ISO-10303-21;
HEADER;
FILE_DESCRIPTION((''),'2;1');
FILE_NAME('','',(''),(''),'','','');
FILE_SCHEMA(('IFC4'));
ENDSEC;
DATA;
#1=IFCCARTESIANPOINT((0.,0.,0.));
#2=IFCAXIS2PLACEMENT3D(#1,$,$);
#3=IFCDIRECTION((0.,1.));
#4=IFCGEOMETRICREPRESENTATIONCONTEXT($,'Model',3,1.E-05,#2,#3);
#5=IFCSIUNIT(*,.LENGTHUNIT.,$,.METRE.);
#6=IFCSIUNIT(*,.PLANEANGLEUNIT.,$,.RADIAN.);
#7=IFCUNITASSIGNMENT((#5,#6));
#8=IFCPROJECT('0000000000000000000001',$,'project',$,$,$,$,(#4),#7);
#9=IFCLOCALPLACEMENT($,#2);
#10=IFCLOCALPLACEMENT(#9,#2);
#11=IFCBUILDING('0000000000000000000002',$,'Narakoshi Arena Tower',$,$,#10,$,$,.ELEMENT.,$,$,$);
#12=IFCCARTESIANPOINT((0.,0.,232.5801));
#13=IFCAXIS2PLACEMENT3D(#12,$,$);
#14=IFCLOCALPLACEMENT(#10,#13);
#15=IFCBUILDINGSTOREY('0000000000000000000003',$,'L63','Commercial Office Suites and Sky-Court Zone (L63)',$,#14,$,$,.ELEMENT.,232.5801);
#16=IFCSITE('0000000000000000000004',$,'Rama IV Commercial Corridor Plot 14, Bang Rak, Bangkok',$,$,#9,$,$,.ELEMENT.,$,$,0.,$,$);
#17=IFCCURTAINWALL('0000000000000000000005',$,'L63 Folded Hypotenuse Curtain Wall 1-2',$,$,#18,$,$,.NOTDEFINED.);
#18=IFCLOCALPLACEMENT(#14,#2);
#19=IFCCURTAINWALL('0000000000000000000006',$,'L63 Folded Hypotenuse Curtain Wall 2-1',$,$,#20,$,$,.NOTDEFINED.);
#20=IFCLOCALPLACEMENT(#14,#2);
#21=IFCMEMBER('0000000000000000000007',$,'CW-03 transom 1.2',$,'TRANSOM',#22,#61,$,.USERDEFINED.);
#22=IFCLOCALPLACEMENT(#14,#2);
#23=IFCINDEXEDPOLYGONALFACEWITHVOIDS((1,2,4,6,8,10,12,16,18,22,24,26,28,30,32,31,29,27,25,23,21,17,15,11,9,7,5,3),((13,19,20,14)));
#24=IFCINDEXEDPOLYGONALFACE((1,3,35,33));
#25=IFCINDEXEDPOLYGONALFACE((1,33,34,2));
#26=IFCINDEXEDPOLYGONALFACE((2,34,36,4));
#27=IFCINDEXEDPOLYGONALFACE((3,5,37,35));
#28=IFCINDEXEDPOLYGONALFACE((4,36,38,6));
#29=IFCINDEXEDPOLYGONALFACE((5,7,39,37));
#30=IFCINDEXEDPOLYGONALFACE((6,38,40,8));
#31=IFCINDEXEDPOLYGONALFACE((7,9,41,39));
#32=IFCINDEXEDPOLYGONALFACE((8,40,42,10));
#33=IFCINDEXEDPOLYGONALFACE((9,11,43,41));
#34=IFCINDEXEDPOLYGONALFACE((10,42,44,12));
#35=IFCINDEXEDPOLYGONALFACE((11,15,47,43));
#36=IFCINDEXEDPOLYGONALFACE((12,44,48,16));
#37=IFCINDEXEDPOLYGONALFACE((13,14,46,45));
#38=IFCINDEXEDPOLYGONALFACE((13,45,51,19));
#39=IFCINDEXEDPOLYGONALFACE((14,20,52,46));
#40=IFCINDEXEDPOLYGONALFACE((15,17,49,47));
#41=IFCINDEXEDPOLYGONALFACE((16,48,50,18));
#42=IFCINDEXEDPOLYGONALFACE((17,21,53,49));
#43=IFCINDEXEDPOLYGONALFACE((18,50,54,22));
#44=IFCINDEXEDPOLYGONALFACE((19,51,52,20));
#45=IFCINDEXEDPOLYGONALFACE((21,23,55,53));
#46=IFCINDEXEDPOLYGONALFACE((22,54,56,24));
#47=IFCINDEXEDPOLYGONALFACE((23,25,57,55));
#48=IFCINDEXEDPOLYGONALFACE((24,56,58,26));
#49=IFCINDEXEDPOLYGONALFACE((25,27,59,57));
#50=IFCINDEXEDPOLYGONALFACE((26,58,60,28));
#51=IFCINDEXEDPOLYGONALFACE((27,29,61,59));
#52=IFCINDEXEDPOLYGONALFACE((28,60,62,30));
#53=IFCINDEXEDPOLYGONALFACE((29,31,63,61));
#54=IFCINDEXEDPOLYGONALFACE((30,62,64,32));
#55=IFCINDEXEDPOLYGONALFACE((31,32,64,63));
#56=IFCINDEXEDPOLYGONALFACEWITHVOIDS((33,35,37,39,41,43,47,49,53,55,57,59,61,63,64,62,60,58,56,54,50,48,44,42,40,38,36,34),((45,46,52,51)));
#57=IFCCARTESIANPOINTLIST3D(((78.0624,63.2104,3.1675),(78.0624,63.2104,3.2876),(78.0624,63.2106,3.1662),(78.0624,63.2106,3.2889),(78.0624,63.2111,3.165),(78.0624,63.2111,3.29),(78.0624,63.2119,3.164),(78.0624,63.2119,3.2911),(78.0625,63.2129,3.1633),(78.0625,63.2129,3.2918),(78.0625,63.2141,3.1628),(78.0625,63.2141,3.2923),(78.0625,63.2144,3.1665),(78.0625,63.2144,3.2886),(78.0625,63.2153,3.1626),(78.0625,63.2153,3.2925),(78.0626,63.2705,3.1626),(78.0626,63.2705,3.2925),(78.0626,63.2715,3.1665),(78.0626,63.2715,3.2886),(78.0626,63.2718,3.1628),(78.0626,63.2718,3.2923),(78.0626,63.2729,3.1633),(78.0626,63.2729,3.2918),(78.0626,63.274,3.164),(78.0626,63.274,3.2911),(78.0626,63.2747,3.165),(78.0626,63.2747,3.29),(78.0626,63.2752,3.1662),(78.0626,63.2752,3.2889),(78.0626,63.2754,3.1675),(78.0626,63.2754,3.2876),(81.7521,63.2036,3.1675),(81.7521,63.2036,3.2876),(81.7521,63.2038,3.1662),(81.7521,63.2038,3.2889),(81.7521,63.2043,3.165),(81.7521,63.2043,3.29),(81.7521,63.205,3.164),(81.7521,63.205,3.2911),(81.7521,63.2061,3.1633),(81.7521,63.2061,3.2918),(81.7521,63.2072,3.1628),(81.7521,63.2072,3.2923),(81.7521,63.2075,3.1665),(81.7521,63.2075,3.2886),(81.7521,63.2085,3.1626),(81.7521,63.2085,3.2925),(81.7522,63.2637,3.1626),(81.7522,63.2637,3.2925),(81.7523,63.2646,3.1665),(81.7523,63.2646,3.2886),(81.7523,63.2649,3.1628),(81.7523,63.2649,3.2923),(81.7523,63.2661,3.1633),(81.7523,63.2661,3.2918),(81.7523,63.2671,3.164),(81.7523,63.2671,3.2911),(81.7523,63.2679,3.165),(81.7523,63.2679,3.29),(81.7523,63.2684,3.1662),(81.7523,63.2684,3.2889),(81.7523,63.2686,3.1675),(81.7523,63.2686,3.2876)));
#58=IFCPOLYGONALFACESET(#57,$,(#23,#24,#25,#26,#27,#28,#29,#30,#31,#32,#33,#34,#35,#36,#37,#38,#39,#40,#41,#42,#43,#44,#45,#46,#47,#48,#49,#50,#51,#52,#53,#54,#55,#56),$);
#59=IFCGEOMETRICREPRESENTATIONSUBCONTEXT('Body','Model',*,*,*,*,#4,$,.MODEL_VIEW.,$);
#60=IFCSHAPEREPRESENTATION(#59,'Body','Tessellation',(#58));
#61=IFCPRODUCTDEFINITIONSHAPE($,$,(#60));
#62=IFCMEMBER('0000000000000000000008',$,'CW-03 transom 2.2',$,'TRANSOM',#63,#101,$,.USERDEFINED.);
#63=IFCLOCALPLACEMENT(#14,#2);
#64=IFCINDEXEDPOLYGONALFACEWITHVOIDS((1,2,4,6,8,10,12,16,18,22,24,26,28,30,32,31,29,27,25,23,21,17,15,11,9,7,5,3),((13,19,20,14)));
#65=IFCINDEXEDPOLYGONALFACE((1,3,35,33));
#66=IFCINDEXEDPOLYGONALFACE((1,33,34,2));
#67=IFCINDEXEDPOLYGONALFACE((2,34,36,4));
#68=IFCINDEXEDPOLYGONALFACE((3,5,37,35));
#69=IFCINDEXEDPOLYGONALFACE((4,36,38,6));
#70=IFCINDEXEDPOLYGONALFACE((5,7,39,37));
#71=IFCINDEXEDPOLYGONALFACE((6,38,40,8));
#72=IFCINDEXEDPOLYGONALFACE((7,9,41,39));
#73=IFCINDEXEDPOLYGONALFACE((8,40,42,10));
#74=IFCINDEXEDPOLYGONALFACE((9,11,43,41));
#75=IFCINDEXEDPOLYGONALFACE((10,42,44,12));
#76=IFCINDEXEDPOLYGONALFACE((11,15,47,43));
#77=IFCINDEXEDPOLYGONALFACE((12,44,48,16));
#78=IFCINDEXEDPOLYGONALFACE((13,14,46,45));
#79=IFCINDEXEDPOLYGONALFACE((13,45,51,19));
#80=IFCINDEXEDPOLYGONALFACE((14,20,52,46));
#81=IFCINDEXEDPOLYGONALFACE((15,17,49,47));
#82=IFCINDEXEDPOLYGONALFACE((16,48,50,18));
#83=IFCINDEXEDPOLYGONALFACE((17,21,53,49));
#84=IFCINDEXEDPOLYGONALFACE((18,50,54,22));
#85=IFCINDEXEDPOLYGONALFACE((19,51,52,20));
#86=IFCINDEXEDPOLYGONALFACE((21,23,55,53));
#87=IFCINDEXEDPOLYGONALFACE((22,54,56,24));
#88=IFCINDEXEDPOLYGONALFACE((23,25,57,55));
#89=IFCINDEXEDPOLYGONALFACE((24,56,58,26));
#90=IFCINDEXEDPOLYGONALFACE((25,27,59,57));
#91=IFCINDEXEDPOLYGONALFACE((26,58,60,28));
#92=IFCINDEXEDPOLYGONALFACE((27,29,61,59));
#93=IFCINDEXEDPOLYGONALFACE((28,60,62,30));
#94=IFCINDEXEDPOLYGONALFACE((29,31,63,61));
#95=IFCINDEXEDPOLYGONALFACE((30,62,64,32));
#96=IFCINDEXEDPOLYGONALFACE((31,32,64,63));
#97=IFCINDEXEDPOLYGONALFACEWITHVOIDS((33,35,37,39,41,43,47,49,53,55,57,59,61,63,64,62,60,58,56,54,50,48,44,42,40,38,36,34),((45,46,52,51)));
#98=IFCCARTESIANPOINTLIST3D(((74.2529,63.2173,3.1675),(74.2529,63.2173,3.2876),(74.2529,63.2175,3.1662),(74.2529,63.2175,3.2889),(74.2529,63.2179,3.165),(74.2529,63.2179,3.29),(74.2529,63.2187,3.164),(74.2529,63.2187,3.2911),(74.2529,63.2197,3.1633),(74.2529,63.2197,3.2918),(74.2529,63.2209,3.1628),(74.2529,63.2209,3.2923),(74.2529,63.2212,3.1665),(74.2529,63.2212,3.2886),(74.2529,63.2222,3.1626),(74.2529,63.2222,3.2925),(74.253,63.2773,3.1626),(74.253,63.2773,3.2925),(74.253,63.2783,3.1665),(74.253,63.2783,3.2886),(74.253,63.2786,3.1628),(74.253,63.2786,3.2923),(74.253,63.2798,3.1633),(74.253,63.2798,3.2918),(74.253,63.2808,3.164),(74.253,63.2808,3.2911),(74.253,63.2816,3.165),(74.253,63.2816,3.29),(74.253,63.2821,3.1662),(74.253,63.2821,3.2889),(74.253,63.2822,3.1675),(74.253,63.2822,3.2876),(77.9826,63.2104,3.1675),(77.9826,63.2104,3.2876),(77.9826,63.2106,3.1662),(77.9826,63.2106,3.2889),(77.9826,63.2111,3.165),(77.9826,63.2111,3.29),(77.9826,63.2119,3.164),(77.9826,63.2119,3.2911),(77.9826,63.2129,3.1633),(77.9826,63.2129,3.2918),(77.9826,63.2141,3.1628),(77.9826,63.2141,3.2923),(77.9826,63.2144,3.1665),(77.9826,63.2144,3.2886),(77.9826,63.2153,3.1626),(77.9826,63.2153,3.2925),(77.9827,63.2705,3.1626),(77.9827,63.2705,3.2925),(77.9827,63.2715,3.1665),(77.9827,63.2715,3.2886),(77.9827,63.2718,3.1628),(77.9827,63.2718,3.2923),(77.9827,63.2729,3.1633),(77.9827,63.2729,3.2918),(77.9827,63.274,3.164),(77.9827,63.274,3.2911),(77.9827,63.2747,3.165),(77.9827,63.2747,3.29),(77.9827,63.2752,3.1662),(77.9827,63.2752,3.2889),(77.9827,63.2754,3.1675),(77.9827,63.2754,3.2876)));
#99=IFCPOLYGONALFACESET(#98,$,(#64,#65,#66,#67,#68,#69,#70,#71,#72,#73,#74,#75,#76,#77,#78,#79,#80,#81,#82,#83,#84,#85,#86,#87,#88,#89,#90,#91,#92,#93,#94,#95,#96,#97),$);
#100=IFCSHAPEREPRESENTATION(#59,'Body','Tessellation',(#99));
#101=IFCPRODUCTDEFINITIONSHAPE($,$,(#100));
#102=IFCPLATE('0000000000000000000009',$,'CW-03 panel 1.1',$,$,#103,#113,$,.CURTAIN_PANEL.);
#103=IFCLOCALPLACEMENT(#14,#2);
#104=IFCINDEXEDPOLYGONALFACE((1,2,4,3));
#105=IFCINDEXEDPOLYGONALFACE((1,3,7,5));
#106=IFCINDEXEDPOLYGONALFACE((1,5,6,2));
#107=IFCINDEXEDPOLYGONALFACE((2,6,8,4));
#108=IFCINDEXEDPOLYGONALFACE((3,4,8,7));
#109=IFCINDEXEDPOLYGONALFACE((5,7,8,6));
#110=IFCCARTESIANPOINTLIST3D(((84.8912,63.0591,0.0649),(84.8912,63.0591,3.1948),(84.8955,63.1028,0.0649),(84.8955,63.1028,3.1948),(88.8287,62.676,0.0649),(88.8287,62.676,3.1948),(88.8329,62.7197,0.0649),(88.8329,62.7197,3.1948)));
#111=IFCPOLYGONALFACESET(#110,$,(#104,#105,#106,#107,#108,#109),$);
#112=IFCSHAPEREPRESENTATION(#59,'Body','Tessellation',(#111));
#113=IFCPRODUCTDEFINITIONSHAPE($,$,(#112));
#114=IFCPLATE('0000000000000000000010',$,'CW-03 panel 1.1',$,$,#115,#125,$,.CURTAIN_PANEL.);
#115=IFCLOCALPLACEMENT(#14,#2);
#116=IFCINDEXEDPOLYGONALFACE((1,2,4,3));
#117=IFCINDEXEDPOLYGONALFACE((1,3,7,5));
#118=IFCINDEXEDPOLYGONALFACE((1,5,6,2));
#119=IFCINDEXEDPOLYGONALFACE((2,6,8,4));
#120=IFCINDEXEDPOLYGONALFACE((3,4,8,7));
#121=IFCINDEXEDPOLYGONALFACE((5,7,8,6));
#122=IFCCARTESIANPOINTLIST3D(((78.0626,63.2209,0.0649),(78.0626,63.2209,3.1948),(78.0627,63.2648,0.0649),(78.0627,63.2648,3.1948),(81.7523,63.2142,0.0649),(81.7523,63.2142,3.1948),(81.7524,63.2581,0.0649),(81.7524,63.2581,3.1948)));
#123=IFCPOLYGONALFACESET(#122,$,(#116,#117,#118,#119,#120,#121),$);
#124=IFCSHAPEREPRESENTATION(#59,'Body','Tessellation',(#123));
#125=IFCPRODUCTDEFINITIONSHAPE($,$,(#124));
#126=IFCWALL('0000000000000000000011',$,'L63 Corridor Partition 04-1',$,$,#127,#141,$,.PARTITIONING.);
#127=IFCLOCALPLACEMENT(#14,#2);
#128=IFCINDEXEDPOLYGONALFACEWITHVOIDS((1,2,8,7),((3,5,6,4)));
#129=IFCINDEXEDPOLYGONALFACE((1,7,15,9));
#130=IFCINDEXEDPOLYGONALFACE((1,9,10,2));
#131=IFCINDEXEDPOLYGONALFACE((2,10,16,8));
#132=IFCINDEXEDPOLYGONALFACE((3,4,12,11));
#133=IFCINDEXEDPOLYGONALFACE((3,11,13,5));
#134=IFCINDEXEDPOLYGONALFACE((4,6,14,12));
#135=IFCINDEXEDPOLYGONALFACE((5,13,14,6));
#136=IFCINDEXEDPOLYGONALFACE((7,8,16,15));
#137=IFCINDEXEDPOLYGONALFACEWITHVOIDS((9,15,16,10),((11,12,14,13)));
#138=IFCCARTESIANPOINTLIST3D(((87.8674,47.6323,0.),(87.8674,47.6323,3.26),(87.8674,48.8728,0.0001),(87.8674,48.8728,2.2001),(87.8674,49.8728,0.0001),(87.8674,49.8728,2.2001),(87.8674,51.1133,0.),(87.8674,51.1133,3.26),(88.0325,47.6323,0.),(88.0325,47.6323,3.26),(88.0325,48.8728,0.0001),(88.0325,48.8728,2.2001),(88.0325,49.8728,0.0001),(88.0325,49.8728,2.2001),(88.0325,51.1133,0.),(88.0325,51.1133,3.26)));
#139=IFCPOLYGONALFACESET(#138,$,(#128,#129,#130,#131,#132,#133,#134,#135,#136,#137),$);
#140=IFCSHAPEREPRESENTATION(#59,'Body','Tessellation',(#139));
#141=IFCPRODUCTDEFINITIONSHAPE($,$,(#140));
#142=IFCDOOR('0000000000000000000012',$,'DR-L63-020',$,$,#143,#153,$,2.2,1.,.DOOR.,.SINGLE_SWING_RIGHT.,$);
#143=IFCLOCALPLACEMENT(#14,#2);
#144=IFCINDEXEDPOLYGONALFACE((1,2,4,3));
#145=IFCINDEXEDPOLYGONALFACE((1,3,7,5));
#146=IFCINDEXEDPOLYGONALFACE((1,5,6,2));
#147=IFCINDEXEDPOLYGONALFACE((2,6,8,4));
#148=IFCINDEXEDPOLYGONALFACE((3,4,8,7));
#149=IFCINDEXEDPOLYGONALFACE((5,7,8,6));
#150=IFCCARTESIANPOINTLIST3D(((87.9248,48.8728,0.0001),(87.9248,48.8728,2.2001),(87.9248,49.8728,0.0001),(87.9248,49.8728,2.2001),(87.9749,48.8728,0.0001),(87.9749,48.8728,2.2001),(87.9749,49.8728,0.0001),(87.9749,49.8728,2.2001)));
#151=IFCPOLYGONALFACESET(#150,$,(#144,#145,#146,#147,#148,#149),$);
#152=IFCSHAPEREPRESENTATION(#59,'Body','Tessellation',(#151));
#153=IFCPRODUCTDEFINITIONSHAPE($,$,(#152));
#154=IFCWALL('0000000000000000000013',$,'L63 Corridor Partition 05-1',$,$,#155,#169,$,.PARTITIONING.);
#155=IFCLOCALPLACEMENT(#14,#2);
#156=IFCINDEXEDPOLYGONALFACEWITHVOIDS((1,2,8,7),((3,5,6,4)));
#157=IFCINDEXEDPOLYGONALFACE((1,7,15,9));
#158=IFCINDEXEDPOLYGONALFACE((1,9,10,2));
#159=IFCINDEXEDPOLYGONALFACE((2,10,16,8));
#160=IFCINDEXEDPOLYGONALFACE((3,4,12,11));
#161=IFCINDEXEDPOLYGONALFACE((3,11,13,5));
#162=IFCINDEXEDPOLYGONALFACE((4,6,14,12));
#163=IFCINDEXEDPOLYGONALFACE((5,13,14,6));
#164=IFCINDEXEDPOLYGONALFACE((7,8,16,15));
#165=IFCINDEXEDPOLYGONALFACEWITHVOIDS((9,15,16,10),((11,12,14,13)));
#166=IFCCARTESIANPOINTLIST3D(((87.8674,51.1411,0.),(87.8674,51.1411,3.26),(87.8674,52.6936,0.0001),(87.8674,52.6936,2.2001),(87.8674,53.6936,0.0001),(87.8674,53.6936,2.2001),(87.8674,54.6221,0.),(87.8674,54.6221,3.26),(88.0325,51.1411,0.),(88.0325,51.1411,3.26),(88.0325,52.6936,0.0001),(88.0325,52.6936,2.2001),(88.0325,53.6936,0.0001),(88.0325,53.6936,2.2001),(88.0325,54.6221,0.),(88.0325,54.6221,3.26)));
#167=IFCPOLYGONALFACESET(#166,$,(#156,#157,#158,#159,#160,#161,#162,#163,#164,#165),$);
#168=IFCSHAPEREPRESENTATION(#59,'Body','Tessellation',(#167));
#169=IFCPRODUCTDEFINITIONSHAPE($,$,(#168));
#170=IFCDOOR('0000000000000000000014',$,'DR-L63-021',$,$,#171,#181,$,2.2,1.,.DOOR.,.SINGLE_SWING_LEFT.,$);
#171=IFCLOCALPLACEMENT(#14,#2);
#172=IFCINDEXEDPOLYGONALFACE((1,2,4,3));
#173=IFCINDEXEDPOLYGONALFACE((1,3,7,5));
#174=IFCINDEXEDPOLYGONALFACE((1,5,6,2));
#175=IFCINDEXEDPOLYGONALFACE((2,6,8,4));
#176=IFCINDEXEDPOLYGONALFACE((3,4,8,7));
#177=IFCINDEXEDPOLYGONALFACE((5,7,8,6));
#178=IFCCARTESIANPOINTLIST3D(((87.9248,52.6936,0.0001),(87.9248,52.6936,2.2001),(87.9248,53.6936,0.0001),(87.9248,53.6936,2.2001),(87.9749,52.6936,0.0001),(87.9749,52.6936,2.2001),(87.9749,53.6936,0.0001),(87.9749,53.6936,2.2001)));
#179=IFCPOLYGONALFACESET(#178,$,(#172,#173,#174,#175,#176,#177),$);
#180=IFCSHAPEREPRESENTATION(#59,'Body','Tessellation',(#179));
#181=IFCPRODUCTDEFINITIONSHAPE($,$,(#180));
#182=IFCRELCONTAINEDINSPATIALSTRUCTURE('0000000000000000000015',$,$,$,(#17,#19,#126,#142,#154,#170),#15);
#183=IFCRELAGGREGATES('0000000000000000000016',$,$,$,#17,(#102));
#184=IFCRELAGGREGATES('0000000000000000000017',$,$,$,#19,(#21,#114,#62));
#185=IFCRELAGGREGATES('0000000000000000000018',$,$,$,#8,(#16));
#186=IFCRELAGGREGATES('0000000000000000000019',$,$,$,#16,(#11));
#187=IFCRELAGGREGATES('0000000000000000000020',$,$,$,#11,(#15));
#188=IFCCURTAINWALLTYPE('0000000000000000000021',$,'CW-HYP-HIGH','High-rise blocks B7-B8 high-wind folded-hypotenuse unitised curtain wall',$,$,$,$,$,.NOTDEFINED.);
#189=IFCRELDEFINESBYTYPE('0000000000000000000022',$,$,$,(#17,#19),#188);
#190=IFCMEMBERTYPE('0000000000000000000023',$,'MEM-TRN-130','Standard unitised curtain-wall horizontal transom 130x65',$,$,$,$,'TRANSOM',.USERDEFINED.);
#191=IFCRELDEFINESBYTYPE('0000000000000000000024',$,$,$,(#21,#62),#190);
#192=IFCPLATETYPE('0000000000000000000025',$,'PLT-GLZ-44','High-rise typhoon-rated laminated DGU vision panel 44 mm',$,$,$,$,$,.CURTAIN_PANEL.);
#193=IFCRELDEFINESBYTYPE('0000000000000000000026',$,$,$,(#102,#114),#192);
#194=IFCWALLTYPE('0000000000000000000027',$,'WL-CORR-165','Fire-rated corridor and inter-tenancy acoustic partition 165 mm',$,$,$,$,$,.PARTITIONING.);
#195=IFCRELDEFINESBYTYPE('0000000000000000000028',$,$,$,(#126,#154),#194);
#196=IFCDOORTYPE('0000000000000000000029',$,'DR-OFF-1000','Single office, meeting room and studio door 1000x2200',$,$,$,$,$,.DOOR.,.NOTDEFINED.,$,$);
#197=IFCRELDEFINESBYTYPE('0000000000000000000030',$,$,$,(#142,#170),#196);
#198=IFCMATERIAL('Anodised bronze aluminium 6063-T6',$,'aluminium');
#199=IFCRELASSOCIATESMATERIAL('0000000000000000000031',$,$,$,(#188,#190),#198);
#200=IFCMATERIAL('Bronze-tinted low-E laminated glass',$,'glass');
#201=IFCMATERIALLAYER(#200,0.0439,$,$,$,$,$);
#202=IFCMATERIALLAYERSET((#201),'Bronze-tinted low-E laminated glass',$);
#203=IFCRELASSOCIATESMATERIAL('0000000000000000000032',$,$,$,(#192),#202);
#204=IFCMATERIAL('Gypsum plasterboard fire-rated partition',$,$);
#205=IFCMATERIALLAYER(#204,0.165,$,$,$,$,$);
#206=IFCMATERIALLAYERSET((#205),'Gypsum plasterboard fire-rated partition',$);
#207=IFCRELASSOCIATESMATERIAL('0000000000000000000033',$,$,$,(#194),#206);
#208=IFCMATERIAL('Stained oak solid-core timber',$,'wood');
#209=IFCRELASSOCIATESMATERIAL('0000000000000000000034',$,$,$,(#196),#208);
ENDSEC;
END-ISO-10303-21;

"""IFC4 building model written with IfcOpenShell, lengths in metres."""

from ifc_helpers import new_model, si_unit, direction, frame, frame_2d, origin, origin_2d, place, context, subcontext, project, spatial, rectangle, hollow_rectangle, extrude, material, layer, layer_set, material_profile, profile_set, type_object, element, fill, aggregate, save


model = new_model("IFC4")

# Units and contexts
model_context = context("Model", 3, precision=1e-05, world=origin(), true_north=direction((0.0, 1.0)))
body_context = subcontext(model_context, "Body", "Model", "MODEL_VIEW")
ifc_project = project(units=[si_unit("LENGTHUNIT", "METRE"), si_unit("PLANEANGLEUNIT", "RADIAN")], contexts=[model_context])

# Site, building, storey
site_placement = place(None, origin())
site = spatial("IfcSite", under=ifc_project, at=site_placement, Name="Rama IV Commercial Corridor Plot 14, Bang Rak, Bangkok", CompositionType="ELEMENT", RefElevation=0.0)
building_placement = place(site_placement, origin())
building = spatial("IfcBuilding", under=site, at=building_placement, Name="Narakoshi Arena Tower", CompositionType="ELEMENT")
storey_placement = place(building_placement, frame((0.0, 0.0, 232.5801)))
storey = spatial("IfcBuildingStorey", under=building, at=storey_placement, Name="L63", Description="Commercial Office Suites and Sky-Court Zone (L63)", CompositionType="ELEMENT", Elevation=232.5801)

# Curtain wall
ifc_material_1 = material(Name="Anodised bronze aluminium 6063-T6", Category="aluminium")
curtain_wall_type = type_object("IfcCurtainWallType", Name="CW-HYP-HIGH", Description="High-rise blocks B7-B8 high-wind folded-hypotenuse unitised curtain wall", PredefinedType="NOTDEFINED", material=ifc_material_1)
curtain_wall_1_placement = place(storey_placement, origin())
curtain_wall_1 = element("IfcCurtainWall", 1, at=curtain_wall_1_placement, inside=storey, type_object=curtain_wall_type, Name="L63 Folded Hypotenuse Curtain Wall 1-2", PredefinedType="NOTDEFINED")

# Curtain wall, members
curtain_wall_2_placement = place(storey_placement, origin())
curtain_wall_2 = element("IfcCurtainWall", 2, at=curtain_wall_2_placement, inside=storey, type_object=curtain_wall_type, Name="L63 Folded Hypotenuse Curtain Wall 2-1", PredefinedType="NOTDEFINED")
ifc_material_profile_1 = material_profile(ifc_material_1, hollow_rectangle(XDim=0.0649, YDim=0.1299, WallThickness=0.0039, OuterFilletRadius=0.0049, at=origin_2d()), Name="TRN130x65x4")
ifc_profile_set_1 = profile_set([ifc_material_profile_1], Name="Anodised bronze aluminium 6063-T6")
member_type_1 = type_object("IfcMemberType", Name="MEM-TRN-130", Description="Standard unitised curtain-wall horizontal transom 130x65", ElementType="TRANSOM", PredefinedType="USERDEFINED", material=ifc_profile_set_1)
member_1_placement = place(storey_placement, frame((81.7522, 63.2361, 3.2275), z_axis=(-0.999998, 0.001853, 0.0), x_axis=(-0.001853, -0.999998, 0.0)))
member_1 = element("IfcMember", 3, at=member_1_placement, type_object=member_type_1, Name="CW-03 transom 1.2", ObjectType="TRANSOM", PredefinedType="USERDEFINED", context=body_context, shape_type="SweptSolid", body=[
    extrude(hollow_rectangle(XDim=0.0649, YDim=0.1299, WallThickness=0.0039, OuterFilletRadius=0.0049, at=origin_2d()), origin(), (0.0, 0.0, 1.0), 3.6897),
])
member_2_placement = place(storey_placement, frame((77.9827, 63.2429, 3.2275), z_axis=(-0.999998, 0.001833, 0.0), x_axis=(-0.001833, -0.999998, 0.0)))
member_2 = element("IfcMember", 4, at=member_2_placement, type_object=member_type_1, Name="CW-03 transom 2.2", ObjectType="TRANSOM", PredefinedType="USERDEFINED", context=body_context, shape_type="SweptSolid", body=[
    extrude(hollow_rectangle(XDim=0.0649, YDim=0.1299, WallThickness=0.0039, OuterFilletRadius=0.0049, at=origin_2d()), origin(), (0.0, 0.0, 1.0), 3.7297),
])

# Plates
ifc_material_2 = material(Name="Bronze-tinted low-E laminated glass", Category="glass")
ifc_layer_1 = layer(ifc_material_2, 0.0439)
ifc_layer_set_1 = layer_set([ifc_layer_1], Name="Bronze-tinted low-E laminated glass")
plate_type = type_object("IfcPlateType", Name="PLT-GLZ-44", Description="High-rise typhoon-rated laminated DGU vision panel 44 mm", PredefinedType="CURTAIN_PANEL", material=ifc_layer_set_1)
plate_1_placement = place(storey_placement, frame((86.8621, 62.8894, 0.0649), z_axis=(0.0, 0.0, 1.0), x_axis=(-0.9953, 0.096843, 0.0)))
plate_1 = element("IfcPlate", 5, at=plate_1_placement, type_object=plate_type, Name="CW-03 panel 1.1", PredefinedType="CURTAIN_PANEL", context=body_context, shape_type="SweptSolid", body=[
    extrude(rectangle(XDim=3.9561, YDim=0.0439, at=origin_2d()), origin(), (0.0, 0.0, 1.0), 3.1299),
])
aggregate(curtain_wall_1, [plate_1])
plate_2_placement = place(storey_placement, frame((79.9075, 63.2395, 0.0649), z_axis=(0.0, 0.0, 1.0), x_axis=(-0.999998, 0.00182, 0.0)))
plate_2 = element("IfcPlate", 6, at=plate_2_placement, type_object=plate_type, Name="CW-03 panel 1.1", PredefinedType="CURTAIN_PANEL", context=body_context, shape_type="SweptSolid", body=[
    extrude(rectangle(XDim=3.6897, YDim=0.0439, at=origin_2d()), origin(), (0.0, 0.0, 1.0), 3.1299),
])
aggregate(curtain_wall_2, [member_1, plate_2, member_2])

# Walls, openings, doors
ifc_material_3 = material(Name="Gypsum plasterboard fire-rated partition")
ifc_layer_2 = layer(ifc_material_3, 0.165)
ifc_layer_set_2 = layer_set([ifc_layer_2], Name="Gypsum plasterboard fire-rated partition")
wall_type_1 = type_object("IfcWallType", Name="WL-CORR-165", Description="Fire-rated corridor and inter-tenancy acoustic partition 165 mm", PredefinedType="PARTITIONING", material=ifc_layer_set_2)
wall_1_placement = place(storey_placement, frame((87.95, 47.6323, 0.0), z_axis=(0.0, 0.0, 1.0), x_axis=(0.0, 1.0, 0.0)))
wall_1 = element("IfcWall", 7, at=wall_1_placement, inside=storey, type_object=wall_type_1, Name="L63 Corridor Partition 04-1", PredefinedType="PARTITIONING", context=body_context, shape_type="SweptSolid", body=[
    extrude(rectangle(XDim=3.481, YDim=0.165, at=frame_2d((1.7405, 0.0))), origin(), (0.0, 0.0, 1.0), 3.26),
])
opening_1_placement = place(wall_1_placement, frame((1.2405, 0.0, 0.0)))
opening_1 = element("IfcOpeningElement", 8, at=opening_1_placement, cuts=wall_1, PredefinedType="OPENING", context=body_context, shape_type="SweptSolid", body=[
    extrude(rectangle(XDim=1.0, YDim=2.2, at=frame_2d((0.5, 1.1001))), frame((0.0, 0.0925, 0.0), z_axis=(0.0, -1.0, 0.0), x_axis=(1.0, 0.0, 0.0)), (0.0, 0.0, 1.0), 0.1851),
])
ifc_material_4 = material(Name="Stained oak solid-core timber", Category="wood")
door_type_1 = type_object("IfcDoorType", Name="DR-OFF-1000", Description="Single office, meeting room and studio door 1000x2200", OperationType="NOTDEFINED", PredefinedType="DOOR", material=ifc_material_4)
door_1_placement = place(opening_1_placement, frame((1.0, 0.0, 0.0), z_axis=(0.0, 0.0, 1.0), x_axis=(-1.0, 0.0, 0.0)))
door_1 = element("IfcDoor", 9, at=door_1_placement, inside=storey, type_object=door_type_1, Name="DR-L63-020", OperationType="SINGLE_SWING_RIGHT", OverallHeight=2.2, OverallWidth=1.0, PredefinedType="DOOR", context=body_context, shape_type="SweptSolid", body=[
    extrude(rectangle(XDim=1.0, YDim=2.2, at=frame_2d((0.5, 1.1001))), frame((0.0, 0.0249, 0.0), z_axis=(0.0, -1.0, 0.0), x_axis=(1.0, 0.0, 0.0)), (0.0, 0.0, 1.0), 0.05),
])
fill(opening_1, door_1)
wall_2_placement = place(storey_placement, frame((87.95, 51.1411, 0.0), z_axis=(0.0, 0.0, 1.0), x_axis=(0.0, 1.0, 0.0)))
wall_2 = element("IfcWall", 10, at=wall_2_placement, inside=storey, type_object=wall_type_1, Name="L63 Corridor Partition 05-1", PredefinedType="PARTITIONING", context=body_context, shape_type="SweptSolid", body=[
    extrude(rectangle(XDim=3.481, YDim=0.165, at=frame_2d((1.7405, 0.0))), origin(), (0.0, 0.0, 1.0), 3.26),
])
opening_2_placement = place(wall_2_placement, frame((1.5525, 0.0, 0.0)))
opening_2 = element("IfcOpeningElement", 11, at=opening_2_placement, cuts=wall_2, PredefinedType="OPENING", context=body_context, shape_type="SweptSolid", body=[
    extrude(rectangle(XDim=1.0, YDim=2.2, at=frame_2d((0.5, 1.1001))), frame((0.0, 0.0925, 0.0), z_axis=(0.0, -1.0, 0.0), x_axis=(1.0, 0.0, 0.0)), (0.0, 0.0, 1.0), 0.1851),
])
door_2_placement = place(opening_2_placement, frame((1.0, 0.0, 0.0), z_axis=(0.0, 0.0, 1.0), x_axis=(-1.0, 0.0, 0.0)))
door_2 = element("IfcDoor", 12, at=door_2_placement, inside=storey, type_object=door_type_1, Name="DR-L63-021", OperationType="SINGLE_SWING_LEFT", OverallHeight=2.2, OverallWidth=1.0, PredefinedType="DOOR", context=body_context, shape_type="SweptSolid", body=[
    extrude(rectangle(XDim=1.0, YDim=2.2, at=frame_2d((0.5, 1.1001))), frame((0.0, 0.0249, 0.0), z_axis=(0.0, -1.0, 0.0), x_axis=(1.0, 0.0, 0.0)), (0.0, 0.0, 1.0), 0.05),
])
fill(opening_2, door_2)

save(model, "model.ifc")
